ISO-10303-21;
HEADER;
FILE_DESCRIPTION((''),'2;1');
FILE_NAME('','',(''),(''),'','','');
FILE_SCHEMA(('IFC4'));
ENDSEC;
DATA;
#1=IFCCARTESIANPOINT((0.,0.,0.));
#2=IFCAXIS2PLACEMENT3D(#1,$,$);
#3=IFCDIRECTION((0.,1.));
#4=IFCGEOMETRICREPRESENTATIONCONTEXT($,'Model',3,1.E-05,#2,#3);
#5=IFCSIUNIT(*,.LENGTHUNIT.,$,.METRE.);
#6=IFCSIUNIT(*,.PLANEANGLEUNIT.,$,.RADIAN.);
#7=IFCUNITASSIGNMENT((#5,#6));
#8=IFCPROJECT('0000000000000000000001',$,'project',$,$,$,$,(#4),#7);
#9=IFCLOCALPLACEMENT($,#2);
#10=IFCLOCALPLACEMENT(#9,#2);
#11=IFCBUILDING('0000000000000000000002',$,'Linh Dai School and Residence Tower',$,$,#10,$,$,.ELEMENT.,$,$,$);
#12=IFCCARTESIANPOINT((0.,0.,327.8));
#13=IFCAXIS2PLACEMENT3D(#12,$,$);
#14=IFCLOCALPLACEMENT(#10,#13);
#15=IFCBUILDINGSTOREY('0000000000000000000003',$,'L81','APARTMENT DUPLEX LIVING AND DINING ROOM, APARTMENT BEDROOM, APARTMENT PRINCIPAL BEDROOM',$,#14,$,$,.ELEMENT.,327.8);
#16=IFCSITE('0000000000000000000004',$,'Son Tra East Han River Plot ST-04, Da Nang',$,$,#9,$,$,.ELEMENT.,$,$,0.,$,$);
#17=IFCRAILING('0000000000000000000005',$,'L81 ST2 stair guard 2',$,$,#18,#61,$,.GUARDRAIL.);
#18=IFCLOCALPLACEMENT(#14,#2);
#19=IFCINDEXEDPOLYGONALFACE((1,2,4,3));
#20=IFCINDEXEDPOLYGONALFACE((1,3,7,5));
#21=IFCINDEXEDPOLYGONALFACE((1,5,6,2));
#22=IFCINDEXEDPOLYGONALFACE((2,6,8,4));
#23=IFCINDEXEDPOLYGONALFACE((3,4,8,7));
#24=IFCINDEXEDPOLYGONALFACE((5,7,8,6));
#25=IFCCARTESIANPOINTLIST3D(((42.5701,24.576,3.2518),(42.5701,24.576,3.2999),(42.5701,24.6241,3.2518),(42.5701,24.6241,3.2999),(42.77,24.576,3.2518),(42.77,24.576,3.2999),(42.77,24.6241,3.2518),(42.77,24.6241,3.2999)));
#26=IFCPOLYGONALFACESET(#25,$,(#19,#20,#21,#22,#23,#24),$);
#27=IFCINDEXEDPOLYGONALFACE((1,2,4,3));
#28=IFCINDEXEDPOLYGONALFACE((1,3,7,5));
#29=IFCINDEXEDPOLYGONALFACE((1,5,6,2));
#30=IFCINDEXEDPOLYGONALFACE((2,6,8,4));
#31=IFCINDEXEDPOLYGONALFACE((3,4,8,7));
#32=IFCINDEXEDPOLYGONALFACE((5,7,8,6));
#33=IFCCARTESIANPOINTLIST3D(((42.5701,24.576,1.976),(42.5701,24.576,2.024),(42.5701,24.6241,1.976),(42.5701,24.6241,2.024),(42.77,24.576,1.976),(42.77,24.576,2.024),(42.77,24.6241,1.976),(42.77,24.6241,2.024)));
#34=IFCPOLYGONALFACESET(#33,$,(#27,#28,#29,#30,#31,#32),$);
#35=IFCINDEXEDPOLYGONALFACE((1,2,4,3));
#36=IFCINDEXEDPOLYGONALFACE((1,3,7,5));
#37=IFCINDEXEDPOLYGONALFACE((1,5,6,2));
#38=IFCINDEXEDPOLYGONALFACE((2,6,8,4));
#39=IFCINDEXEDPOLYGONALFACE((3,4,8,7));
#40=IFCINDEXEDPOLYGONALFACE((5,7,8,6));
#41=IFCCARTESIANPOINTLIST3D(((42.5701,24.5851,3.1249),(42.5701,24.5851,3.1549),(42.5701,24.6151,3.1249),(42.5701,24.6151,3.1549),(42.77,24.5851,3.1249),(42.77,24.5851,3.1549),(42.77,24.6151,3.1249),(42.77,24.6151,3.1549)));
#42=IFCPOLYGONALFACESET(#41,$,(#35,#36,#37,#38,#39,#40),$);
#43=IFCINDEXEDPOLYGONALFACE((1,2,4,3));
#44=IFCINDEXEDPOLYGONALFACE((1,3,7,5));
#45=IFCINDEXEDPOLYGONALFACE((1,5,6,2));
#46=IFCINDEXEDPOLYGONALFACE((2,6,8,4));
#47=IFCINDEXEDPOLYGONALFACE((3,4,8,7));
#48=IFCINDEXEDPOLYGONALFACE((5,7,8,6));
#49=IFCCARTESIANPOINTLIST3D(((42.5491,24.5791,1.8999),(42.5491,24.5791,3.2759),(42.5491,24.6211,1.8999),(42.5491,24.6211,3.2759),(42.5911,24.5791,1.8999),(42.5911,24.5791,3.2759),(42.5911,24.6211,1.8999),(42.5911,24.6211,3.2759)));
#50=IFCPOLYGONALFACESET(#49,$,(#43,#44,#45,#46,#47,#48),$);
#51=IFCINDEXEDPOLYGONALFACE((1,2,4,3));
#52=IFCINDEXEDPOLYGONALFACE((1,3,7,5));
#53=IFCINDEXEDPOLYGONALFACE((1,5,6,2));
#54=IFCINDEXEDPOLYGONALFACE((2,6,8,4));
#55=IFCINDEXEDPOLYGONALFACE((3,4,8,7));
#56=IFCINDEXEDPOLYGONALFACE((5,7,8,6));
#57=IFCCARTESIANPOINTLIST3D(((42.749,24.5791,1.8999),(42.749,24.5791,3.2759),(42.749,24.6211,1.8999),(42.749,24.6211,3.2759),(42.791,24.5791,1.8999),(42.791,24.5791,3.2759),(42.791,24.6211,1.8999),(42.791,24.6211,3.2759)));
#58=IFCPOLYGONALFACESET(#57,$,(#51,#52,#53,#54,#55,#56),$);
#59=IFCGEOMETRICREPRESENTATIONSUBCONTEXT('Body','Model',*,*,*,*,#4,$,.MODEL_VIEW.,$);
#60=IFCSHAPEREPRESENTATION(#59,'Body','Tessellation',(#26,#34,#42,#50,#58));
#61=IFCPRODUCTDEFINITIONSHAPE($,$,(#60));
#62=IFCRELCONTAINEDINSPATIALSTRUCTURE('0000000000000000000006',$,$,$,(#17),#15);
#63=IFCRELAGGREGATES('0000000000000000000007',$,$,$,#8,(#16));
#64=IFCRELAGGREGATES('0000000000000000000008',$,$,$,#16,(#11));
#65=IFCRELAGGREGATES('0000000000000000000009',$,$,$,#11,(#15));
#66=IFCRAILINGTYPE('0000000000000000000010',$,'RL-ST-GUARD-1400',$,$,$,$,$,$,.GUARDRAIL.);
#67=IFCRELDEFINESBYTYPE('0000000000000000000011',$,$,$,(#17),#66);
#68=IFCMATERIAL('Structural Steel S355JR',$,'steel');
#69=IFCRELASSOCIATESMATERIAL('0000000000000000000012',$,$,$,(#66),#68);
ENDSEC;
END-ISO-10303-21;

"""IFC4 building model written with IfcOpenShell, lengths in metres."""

from ifc_helpers import new_model, si_unit, direction, frame, origin, origin_2d, place, context, subcontext, project, spatial, rectangle, extrude, source, transform, mapped, material, type_object, element, save


model = new_model("IFC4")

# Units and contexts
model_context = context("Model", 3, precision=1e-05, world=origin(), true_north=direction((0.0, 1.0)))
body_context = subcontext(model_context, "Body", "Model", "MODEL_VIEW")
ifc_project = project(units=[si_unit("LENGTHUNIT", "METRE"), si_unit("PLANEANGLEUNIT", "RADIAN")], contexts=[model_context])

# Site, building, storey
site_placement = place(None, origin())
site = spatial("IfcSite", under=ifc_project, at=site_placement, Name="Son Tra East Han River Plot ST-04, Da Nang", CompositionType="ELEMENT", RefElevation=0.0)
building_placement = place(site_placement, origin())
building = spatial("IfcBuilding", under=site, at=building_placement, Name="Linh Dai School and Residence Tower", CompositionType="ELEMENT")
storey_placement = place(building_placement, frame((0.0, 0.0, 327.8)))
storey = spatial("IfcBuildingStorey", under=building, at=storey_placement, Name="L81", Description="APARTMENT DUPLEX LIVING AND DINING ROOM, APARTMENT BEDROOM, APARTMENT PRINCIPAL BEDROOM", CompositionType="ELEMENT", Elevation=327.8)

# Shared definitions
ifc_material_1 = material(Name="Structural Steel S355JR", Category="steel")

# Railing
railing_type_1 = type_object("IfcRailingType", Name="RL-ST-GUARD-1400", PredefinedType="GUARDRAIL", material=ifc_material_1)
shared_shape_1 = source(origin(), body_context, "Body", "SweptSolid", [
    extrude(rectangle(XDim=0.0481, YDim=0.0481, at=origin_2d()), frame((0.0, 0.0, 1.376), z_axis=(1.0, 0.0, 0.0), x_axis=(0.0, 1.0, 0.0)), (0.0, 0.0, 1.0), 0.2),
    extrude(rectangle(XDim=0.0481, YDim=0.0481, at=origin_2d()), frame((0.0, 0.0, 0.1001), z_axis=(1.0, 0.0, 0.0), x_axis=(0.0, 1.0, 0.0)), (0.0, 0.0, 1.0), 0.2),
    extrude(rectangle(XDim=0.03, YDim=0.03, at=origin_2d()), frame((0.0, 0.0, 1.24), z_axis=(1.0, 0.0, 0.0), x_axis=(0.0, 1.0, 0.0)), (0.0, 0.0, 1.0), 0.2),
    extrude(rectangle(XDim=0.042, YDim=0.042, at=origin_2d()), origin(), (0.0, 0.0, 1.0), 1.376),
    extrude(rectangle(XDim=0.042, YDim=0.042, at=origin_2d()), frame((0.2, 0.0, 0.0)), (0.0, 0.0, 1.0), 1.376),
])
railing_1_placement = place(storey_placement, frame((42.5701, 24.6001, 1.8999)))
element("IfcRailing", 1, at=railing_1_placement, inside=storey, type_object=railing_type_1, Name="L81 ST2 stair guard 2", PredefinedType="GUARDRAIL", context=body_context, shape_type="MappedRepresentation", body=[
    mapped(shared_shape_1, transform((0.0, 0.0, 0.0), x_axis=(1.0, 0.0, 0.0), y_axis=(0.0, 1.0, 0.0), z_axis=(0.0, 0.0, 1.0), scale=1.0)),
])

save(model, "model.ifc")
